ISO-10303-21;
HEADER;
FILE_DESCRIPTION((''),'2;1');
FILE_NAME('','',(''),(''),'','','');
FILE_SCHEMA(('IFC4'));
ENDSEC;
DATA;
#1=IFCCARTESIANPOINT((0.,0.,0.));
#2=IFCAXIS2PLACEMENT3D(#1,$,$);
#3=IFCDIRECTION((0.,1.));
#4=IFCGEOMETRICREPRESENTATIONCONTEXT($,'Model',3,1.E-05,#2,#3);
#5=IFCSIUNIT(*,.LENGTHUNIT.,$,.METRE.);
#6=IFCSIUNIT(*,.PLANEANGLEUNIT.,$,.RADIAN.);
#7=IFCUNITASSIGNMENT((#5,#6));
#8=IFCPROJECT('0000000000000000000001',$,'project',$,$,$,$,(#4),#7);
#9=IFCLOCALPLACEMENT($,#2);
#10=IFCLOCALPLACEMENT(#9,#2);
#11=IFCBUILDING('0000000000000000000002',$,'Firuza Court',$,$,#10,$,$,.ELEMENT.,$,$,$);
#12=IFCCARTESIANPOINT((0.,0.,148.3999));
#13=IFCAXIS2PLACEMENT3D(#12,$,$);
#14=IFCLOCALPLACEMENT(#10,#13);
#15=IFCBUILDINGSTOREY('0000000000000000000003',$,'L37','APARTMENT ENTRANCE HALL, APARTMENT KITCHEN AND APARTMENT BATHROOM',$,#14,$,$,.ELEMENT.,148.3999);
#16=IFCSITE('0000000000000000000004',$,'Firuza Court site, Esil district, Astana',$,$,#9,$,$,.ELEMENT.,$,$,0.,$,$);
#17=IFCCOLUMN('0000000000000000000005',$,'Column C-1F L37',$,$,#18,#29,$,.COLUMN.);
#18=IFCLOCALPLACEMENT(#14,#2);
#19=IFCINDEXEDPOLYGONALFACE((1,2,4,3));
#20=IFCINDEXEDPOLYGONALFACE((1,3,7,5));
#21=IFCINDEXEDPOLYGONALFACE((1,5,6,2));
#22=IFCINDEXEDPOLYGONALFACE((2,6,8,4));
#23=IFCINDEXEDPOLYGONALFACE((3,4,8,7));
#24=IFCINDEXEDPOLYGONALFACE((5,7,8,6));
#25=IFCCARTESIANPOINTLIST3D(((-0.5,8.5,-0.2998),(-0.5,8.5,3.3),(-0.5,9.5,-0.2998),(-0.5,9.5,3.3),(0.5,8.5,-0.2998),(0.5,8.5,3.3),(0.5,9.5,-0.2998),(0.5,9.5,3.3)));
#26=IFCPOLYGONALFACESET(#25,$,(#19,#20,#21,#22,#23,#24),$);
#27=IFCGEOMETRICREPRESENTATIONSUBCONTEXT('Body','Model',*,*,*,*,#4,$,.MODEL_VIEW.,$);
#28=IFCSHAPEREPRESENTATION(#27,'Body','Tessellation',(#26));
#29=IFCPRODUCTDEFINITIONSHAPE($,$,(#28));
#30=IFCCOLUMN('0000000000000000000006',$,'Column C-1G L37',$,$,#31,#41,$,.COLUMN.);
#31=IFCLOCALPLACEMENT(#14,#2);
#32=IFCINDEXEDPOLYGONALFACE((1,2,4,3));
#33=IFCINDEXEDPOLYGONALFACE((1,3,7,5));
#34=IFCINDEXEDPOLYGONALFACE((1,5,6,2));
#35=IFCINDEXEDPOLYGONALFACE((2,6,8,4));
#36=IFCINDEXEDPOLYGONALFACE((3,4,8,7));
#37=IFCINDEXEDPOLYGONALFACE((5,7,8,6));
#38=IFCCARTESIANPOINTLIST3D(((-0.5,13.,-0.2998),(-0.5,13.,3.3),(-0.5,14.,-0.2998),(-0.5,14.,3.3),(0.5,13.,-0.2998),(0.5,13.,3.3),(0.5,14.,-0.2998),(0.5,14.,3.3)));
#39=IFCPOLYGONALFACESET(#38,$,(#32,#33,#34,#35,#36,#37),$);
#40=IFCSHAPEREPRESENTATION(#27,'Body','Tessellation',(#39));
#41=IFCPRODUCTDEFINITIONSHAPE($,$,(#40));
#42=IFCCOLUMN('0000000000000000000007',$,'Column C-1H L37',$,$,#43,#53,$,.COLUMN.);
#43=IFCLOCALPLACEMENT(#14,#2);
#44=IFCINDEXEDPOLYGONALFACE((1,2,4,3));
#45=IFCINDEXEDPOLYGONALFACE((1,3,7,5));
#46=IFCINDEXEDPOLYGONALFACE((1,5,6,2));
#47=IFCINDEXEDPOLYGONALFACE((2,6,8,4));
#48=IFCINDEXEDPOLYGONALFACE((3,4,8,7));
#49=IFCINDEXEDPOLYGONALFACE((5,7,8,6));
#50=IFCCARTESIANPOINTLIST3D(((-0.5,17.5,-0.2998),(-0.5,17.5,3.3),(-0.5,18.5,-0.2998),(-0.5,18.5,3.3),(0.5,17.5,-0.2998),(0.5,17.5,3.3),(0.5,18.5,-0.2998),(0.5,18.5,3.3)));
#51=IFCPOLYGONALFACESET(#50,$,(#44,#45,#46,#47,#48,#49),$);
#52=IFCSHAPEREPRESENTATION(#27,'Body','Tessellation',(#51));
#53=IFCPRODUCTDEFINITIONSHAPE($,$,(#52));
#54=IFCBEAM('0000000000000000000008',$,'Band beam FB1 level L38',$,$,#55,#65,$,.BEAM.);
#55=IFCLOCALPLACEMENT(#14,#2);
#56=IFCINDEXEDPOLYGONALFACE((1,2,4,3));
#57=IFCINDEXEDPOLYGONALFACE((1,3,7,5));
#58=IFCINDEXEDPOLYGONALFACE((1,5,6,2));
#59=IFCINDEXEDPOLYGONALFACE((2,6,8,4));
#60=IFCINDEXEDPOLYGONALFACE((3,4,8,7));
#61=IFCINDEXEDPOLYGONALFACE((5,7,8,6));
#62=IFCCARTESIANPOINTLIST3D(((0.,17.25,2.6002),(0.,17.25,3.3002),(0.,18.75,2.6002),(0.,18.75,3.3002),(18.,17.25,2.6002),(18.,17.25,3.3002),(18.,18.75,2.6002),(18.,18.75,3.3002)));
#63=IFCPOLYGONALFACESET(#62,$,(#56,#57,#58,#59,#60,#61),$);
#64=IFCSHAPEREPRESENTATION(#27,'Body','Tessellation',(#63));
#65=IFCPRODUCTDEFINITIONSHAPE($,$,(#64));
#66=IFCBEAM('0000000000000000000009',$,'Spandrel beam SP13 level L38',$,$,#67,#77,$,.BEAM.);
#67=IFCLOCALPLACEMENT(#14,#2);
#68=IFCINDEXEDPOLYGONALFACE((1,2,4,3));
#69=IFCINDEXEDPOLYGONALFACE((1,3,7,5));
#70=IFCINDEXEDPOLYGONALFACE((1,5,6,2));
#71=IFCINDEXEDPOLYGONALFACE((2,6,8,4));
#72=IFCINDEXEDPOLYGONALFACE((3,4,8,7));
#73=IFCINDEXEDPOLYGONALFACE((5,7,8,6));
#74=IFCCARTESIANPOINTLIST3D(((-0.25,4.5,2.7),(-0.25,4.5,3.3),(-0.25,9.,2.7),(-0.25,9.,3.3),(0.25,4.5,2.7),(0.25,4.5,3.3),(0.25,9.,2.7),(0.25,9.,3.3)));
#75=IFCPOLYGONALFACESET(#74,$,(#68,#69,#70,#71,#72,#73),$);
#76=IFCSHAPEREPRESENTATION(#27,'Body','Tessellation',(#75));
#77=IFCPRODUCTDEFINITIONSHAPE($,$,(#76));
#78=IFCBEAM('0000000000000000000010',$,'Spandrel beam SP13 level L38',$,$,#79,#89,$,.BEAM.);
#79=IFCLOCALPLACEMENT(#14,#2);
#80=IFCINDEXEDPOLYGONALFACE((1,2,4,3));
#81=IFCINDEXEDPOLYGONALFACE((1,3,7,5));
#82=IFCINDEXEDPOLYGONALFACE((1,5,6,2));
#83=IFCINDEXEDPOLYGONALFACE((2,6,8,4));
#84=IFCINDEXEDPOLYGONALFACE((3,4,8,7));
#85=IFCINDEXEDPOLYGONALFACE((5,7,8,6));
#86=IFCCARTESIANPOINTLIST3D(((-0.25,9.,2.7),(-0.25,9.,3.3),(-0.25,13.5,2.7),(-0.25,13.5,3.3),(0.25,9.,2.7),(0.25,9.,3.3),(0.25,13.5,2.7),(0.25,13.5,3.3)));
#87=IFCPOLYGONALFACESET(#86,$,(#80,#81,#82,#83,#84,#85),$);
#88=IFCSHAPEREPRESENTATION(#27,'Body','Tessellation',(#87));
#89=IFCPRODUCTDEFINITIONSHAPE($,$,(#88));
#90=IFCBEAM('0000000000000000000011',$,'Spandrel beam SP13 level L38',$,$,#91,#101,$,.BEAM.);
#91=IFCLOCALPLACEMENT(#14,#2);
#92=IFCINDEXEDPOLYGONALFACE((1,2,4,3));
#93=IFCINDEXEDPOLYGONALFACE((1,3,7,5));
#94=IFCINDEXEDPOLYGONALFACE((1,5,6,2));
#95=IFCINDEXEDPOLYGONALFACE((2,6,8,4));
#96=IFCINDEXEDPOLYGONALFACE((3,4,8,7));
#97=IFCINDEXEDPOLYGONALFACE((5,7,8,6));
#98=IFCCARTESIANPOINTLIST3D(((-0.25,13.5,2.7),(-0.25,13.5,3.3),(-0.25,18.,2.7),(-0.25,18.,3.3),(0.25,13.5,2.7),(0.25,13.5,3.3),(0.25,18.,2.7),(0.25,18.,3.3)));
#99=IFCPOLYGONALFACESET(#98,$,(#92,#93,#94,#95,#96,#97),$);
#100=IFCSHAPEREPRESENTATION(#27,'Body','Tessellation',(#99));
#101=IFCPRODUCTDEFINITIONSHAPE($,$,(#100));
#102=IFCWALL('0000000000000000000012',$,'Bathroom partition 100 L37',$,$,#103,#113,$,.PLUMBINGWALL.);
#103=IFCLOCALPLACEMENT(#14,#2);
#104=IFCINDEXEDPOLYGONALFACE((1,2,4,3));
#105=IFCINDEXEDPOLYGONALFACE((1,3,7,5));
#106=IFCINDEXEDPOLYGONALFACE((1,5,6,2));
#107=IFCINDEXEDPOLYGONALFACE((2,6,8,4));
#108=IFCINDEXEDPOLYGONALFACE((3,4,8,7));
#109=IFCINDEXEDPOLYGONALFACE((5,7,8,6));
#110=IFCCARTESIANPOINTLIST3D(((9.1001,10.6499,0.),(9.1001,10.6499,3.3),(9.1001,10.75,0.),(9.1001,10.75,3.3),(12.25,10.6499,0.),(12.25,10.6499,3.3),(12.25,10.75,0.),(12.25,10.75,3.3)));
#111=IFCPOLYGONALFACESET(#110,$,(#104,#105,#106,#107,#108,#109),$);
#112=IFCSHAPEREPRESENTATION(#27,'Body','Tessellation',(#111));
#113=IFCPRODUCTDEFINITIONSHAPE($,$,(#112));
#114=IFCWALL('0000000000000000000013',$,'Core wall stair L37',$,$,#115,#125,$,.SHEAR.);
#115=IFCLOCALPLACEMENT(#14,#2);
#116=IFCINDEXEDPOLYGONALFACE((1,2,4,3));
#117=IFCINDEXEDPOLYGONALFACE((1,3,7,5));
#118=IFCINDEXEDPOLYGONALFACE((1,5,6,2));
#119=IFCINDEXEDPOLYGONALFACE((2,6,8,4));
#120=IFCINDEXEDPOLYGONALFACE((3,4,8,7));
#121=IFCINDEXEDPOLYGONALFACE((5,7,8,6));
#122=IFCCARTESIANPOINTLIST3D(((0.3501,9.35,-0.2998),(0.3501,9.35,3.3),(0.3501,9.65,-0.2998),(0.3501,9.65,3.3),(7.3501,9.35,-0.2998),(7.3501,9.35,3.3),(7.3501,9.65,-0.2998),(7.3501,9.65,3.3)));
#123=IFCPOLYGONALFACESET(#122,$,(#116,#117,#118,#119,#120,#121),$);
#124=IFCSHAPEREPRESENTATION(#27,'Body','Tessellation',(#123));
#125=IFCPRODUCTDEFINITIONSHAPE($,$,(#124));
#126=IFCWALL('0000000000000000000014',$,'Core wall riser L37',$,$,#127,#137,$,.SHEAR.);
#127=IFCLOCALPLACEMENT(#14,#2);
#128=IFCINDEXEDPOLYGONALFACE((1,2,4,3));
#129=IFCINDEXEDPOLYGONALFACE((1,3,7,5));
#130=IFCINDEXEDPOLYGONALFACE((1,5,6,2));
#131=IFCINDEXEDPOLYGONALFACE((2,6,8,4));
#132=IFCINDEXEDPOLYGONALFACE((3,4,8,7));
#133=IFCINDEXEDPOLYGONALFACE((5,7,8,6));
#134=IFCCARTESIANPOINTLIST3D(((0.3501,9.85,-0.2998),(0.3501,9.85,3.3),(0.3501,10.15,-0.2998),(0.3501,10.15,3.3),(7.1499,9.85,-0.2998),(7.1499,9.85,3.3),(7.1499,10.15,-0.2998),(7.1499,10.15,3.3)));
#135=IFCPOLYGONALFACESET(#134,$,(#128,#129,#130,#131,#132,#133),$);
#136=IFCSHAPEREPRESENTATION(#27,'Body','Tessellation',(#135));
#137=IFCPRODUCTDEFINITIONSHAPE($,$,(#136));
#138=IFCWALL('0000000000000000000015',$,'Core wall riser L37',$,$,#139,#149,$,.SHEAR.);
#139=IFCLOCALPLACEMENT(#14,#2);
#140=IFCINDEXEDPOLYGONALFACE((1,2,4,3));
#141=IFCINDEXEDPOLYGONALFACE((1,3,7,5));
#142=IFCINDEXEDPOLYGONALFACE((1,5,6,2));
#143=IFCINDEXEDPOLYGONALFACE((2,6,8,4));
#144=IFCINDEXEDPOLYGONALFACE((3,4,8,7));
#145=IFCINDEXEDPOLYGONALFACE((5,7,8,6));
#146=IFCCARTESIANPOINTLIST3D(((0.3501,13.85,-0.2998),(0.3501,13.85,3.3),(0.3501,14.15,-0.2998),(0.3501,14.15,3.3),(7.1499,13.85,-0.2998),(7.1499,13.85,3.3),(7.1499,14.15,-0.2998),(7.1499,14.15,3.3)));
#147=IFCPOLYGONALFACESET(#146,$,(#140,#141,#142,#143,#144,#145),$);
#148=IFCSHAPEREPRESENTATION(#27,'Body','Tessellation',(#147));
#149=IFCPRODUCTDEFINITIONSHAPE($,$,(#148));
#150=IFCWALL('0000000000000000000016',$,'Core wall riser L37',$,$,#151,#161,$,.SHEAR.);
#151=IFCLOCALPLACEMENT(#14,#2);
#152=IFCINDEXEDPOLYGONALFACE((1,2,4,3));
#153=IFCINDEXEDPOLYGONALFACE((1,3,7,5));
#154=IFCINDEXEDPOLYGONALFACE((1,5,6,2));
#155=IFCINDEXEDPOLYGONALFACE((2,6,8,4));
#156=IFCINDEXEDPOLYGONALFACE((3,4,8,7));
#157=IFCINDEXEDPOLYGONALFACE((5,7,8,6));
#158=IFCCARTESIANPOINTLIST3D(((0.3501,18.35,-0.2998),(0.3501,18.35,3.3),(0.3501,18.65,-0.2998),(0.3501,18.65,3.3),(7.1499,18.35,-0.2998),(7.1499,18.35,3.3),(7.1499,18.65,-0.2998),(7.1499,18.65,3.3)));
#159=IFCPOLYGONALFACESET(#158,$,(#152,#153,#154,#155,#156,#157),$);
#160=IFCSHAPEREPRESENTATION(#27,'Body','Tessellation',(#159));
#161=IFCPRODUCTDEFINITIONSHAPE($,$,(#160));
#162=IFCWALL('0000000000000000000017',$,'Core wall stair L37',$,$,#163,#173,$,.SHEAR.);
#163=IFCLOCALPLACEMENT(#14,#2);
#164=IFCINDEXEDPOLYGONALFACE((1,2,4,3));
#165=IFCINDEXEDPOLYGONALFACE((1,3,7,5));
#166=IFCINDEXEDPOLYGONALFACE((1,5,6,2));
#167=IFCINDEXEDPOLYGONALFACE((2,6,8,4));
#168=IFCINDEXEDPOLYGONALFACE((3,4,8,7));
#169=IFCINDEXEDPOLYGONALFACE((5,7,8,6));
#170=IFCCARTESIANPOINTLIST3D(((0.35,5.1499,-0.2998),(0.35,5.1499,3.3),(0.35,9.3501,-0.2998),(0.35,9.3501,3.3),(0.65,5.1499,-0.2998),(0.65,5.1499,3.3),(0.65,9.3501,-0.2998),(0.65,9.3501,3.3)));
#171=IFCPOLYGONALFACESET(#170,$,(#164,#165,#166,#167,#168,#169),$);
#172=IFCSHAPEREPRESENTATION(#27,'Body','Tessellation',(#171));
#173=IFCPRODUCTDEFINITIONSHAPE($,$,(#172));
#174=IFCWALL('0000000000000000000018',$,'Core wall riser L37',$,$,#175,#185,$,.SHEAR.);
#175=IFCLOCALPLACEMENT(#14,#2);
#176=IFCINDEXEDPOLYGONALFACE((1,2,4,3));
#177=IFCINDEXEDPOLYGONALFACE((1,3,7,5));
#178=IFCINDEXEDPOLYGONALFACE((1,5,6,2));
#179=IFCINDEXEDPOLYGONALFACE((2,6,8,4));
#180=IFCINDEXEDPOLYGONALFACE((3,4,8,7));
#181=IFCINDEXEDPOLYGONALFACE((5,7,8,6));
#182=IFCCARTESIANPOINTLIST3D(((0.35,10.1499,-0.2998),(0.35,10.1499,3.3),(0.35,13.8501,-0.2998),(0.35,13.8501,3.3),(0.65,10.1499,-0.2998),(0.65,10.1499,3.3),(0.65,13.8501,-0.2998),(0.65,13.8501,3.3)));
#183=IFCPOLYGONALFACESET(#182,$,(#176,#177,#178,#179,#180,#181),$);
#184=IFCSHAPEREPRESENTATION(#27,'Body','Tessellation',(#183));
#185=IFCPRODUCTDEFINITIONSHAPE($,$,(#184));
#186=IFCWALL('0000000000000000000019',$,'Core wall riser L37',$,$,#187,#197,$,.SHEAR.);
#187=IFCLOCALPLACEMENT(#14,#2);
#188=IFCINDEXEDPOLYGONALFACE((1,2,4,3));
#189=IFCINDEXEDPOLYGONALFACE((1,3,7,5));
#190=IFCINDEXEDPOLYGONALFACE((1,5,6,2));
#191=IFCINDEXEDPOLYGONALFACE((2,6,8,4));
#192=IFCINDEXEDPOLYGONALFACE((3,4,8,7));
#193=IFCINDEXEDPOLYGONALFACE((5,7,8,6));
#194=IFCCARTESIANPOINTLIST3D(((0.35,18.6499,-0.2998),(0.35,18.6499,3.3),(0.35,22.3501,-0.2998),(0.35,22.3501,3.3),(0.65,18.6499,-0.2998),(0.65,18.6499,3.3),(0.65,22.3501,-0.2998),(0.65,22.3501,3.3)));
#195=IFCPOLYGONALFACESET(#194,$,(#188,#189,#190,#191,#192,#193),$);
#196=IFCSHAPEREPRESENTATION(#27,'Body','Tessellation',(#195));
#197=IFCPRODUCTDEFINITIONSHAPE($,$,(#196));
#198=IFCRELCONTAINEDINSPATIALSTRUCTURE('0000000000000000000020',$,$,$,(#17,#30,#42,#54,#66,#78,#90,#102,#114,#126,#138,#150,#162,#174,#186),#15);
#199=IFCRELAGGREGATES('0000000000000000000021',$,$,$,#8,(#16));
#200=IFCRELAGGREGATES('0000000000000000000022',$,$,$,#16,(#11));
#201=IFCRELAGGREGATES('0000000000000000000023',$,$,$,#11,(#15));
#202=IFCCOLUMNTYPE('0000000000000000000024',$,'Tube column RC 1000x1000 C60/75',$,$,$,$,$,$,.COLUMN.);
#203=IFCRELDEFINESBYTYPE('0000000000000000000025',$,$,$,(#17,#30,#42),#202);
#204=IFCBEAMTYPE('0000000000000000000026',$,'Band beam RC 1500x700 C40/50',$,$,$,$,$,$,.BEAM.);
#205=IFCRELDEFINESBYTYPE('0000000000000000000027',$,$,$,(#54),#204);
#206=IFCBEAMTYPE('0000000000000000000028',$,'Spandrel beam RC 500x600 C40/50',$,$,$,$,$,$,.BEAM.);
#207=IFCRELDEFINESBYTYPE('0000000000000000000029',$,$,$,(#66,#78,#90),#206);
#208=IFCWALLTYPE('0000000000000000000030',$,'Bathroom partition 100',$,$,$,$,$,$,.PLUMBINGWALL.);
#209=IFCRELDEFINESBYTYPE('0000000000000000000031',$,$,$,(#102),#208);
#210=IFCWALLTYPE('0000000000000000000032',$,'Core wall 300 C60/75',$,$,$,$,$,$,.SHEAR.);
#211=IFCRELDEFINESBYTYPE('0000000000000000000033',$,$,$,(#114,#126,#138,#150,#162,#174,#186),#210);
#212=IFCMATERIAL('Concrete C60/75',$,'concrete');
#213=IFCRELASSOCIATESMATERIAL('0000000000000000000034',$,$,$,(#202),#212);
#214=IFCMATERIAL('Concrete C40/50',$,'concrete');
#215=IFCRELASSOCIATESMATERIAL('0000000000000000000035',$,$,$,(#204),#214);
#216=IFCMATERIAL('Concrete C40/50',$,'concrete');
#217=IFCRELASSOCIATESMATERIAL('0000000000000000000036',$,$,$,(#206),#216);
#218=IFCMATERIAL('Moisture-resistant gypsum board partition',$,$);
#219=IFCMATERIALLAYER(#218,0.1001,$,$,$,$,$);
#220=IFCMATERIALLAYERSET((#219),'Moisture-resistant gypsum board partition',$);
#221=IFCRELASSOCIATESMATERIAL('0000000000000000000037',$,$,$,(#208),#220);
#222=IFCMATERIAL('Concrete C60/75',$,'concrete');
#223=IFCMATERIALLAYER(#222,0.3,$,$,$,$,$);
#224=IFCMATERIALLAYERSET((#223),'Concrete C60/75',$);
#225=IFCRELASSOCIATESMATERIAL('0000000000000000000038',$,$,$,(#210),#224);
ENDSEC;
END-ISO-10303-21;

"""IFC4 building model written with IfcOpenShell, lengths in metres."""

from ifc_helpers import new_model, si_unit, direction, frame, frame_2d, origin, origin_2d, place, context, subcontext, project, spatial, rectangle, extrude, material, layer, layer_set, material_profile, profile_set, type_object, element, save


model = new_model("IFC4")

# Units and contexts
model_context = context("Model", 3, precision=1e-05, world=origin(), true_north=direction((0.0, 1.0)))
body_context = subcontext(model_context, "Body", "Model", "MODEL_VIEW")
ifc_project = project(units=[si_unit("LENGTHUNIT", "METRE"), si_unit("PLANEANGLEUNIT", "RADIAN")], contexts=[model_context])

# Site, building, storey
site_placement = place(None, origin())
site = spatial("IfcSite", under=ifc_project, at=site_placement, Name="Firuza Court site, Esil district, Astana", CompositionType="ELEMENT", RefElevation=0.0)
building_placement = place(site_placement, origin())
building = spatial("IfcBuilding", under=site, at=building_placement, Name="Firuza Court", CompositionType="ELEMENT")
storey_placement = place(building_placement, frame((0.0, 0.0, 148.3999)))
storey = spatial("IfcBuildingStorey", under=building, at=storey_placement, Name="L37", Description="APARTMENT ENTRANCE HALL, APARTMENT KITCHEN AND APARTMENT BATHROOM", CompositionType="ELEMENT", Elevation=148.3999)

# Columns
ifc_material_1 = material(Name="Concrete C60/75", Category="concrete")
ifc_material_profile_1 = material_profile(ifc_material_1, rectangle(XDim=1.0, YDim=1.0, at=origin_2d()), Name="RC 1000x1000")
ifc_profile_set_1 = profile_set([ifc_material_profile_1], Name="Concrete C60/75")
column_type = type_object("IfcColumnType", Name="Tube column RC 1000x1000 C60/75", PredefinedType="COLUMN", material=ifc_profile_set_1)
for number, where, z_axis, x_axis, name in (
    (1, (0.0, 9.0, -0.2998), (0.0, 0.0, 1.0), (1.0, 0.0, 0.0), "Column C-1F L37"),
    (2, (0.0, 13.5, -0.2998), (0.0, 0.0, 1.0), (1.0, 0.0, 0.0), "Column C-1G L37"),
    (3, (0.0, 18.0, -0.2998), (0.0, 0.0, 1.0), (1.0, 0.0, 0.0), "Column C-1H L37"),
):
    element("IfcColumn", number, at=place(storey_placement, frame(where, z_axis=z_axis, x_axis=x_axis)), inside=storey, type_object=column_type, Name=name, PredefinedType="COLUMN", context=body_context, shape_type="SweptSolid", body=[
        extrude(rectangle(XDim=1.0, YDim=1.0, at=origin_2d()), origin(), (0.0, 0.0, 1.0), 3.5999),
    ])

# Beams
ifc_material_2 = material(Name="Concrete C40/50", Category="concrete")
ifc_material_profile_2 = material_profile(ifc_material_2, rectangle(XDim=1.5, YDim=0.7, at=origin_2d()), Name="RC 1500x700")
ifc_profile_set_2 = profile_set([ifc_material_profile_2], Name="Concrete C40/50")
beam_type_1 = type_object("IfcBeamType", Name="Band beam RC 1500x700 C40/50", PredefinedType="BEAM", material=ifc_profile_set_2)
beam_placement = place(storey_placement, frame((0.0, 18.0, 2.9502), z_axis=(1.0, 0.0, 0.0), x_axis=(0.0, 1.0, 0.0)))
element("IfcBeam", 4, at=beam_placement, inside=storey, type_object=beam_type_1, Name="Band beam FB1 level L38", PredefinedType="BEAM", context=body_context, shape_type="SweptSolid", body=[
    extrude(rectangle(XDim=1.5, YDim=0.7, at=origin_2d()), origin(), (0.0, 0.0, 1.0), 18.0),
])
ifc_material_3 = material(Name="Concrete C40/50", Category="concrete")
ifc_material_profile_3 = material_profile(ifc_material_3, rectangle(XDim=0.5, YDim=0.6001, at=origin_2d()), Name="RC 500x600")
ifc_profile_set_3 = profile_set([ifc_material_profile_3], Name="Concrete C40/50")
beam_type_2 = type_object("IfcBeamType", Name="Spandrel beam RC 500x600 C40/50", PredefinedType="BEAM", material=ifc_profile_set_3)
for number, where, z_axis, x_axis, name in (
    (5, (0.0, 9.0, 3.0), (0.0, -1.0, 0.0), (1.0, 0.0, 0.0), "Spandrel beam SP13 level L38"),
    (6, (0.0, 13.5, 3.0), (0.0, -1.0, 0.0), (1.0, 0.0, 0.0), "Spandrel beam SP13 level L38"),
    (7, (0.0, 18.0, 3.0), (0.0, -1.0, 0.0), (1.0, 0.0, 0.0), "Spandrel beam SP13 level L38"),
):
    element("IfcBeam", number, at=place(storey_placement, frame(where, z_axis=z_axis, x_axis=x_axis)), inside=storey, type_object=beam_type_2, Name=name, PredefinedType="BEAM", context=body_context, shape_type="SweptSolid", body=[
        extrude(rectangle(XDim=0.5, YDim=0.6001, at=origin_2d()), origin(), (0.0, 0.0, 1.0), 4.5),
    ])

# Walls
ifc_material_4 = material(Name="Moisture-resistant gypsum board partition")
ifc_layer_1 = layer(ifc_material_4, 0.1001)
ifc_layer_set_1 = layer_set([ifc_layer_1], Name="Moisture-resistant gypsum board partition")
wall_type_1 = type_object("IfcWallType", Name="Bathroom partition 100", PredefinedType="PLUMBINGWALL", material=ifc_layer_set_1)
wall_1_placement = place(storey_placement, frame((9.1001, 10.7, 0.0), z_axis=(0.0, 0.0, 1.0), x_axis=(1.0, 0.0, 0.0)))
element("IfcWall", 8, at=wall_1_placement, inside=storey, type_object=wall_type_1, Name="Bathroom partition 100 L37", PredefinedType="PLUMBINGWALL", context=body_context, shape_type="SweptSolid", body=[
    extrude(rectangle(XDim=3.1499, YDim=0.1001, at=frame_2d((1.575, 0.0))), origin(), (0.0, 0.0, 1.0), 3.3),
])
ifc_material_5 = material(Name="Concrete C60/75", Category="concrete")
ifc_layer_2 = layer(ifc_material_5, 0.3)
ifc_layer_set_2 = layer_set([ifc_layer_2], Name="Concrete C60/75")
wall_type_2 = type_object("IfcWallType", Name="Core wall 300 C60/75", PredefinedType="SHEAR", material=ifc_layer_set_2)
wall_2_placement = place(storey_placement, frame((0.3501, 9.5, -0.2998), z_axis=(0.0, 0.0, 1.0), x_axis=(1.0, 0.0, 0.0)))
element("IfcWall", 9, at=wall_2_placement, inside=storey, type_object=wall_type_2, Name="Core wall stair L37", PredefinedType="SHEAR", context=body_context, shape_type="SweptSolid", body=[
    extrude(rectangle(XDim=7.0, YDim=0.3, at=frame_2d((3.5, 0.0))), origin(), (0.0, 0.0, 1.0), 3.5999),
])
for number, where, z_axis, x_axis, name in (
    (10, (0.3501, 10.0, -0.2998), (0.0, 0.0, 1.0), (1.0, 0.0, 0.0), "Core wall riser L37"),
    (11, (0.3501, 14.0, -0.2998), (0.0, 0.0, 1.0), (1.0, 0.0, 0.0), "Core wall riser L37"),
    (12, (0.3501, 18.5, -0.2998), (0.0, 0.0, 1.0), (1.0, 0.0, 0.0), "Core wall riser L37"),
):
    element("IfcWall", number, at=place(storey_placement, frame(where, z_axis=z_axis, x_axis=x_axis)), inside=storey, type_object=wall_type_2, Name=name, PredefinedType="SHEAR", context=body_context, shape_type="SweptSolid", body=[
        extrude(rectangle(XDim=6.7998, YDim=0.3, at=frame_2d((3.3999, 0.0))), origin(), (0.0, 0.0, 1.0), 3.5999),
    ])
wall_3_placement = place(storey_placement, frame((0.5, 5.1499, -0.2998), z_axis=(0.0, 0.0, 1.0), x_axis=(0.0, 1.0, 0.0)))
element("IfcWall", 13, at=wall_3_placement, inside=storey, type_object=wall_type_2, Name="Core wall stair L37", PredefinedType="SHEAR", context=body_context, shape_type="SweptSolid", body=[
    extrude(rectangle(XDim=4.2002, YDim=0.3, at=frame_2d((2.1001, 0.0))), origin(), (0.0, 0.0, 1.0), 3.5999),
])
for number, where, z_axis, x_axis, name in (
    (14, (0.5, 10.1499, -0.2998), (0.0, 0.0, 1.0), (0.0, 1.0, 0.0), "Core wall riser L37"),
    (15, (0.5, 18.6499, -0.2998), (0.0, 0.0, 1.0), (0.0, 1.0, 0.0), "Core wall riser L37"),
):
    element("IfcWall", number, at=place(storey_placement, frame(where, z_axis=z_axis, x_axis=x_axis)), inside=storey, type_object=wall_type_2, Name=name, PredefinedType="SHEAR", context=body_context, shape_type="SweptSolid", body=[
        extrude(rectangle(XDim=3.7002, YDim=0.3, at=frame_2d((1.8501, 0.0))), origin(), (0.0, 0.0, 1.0), 3.5999),
    ])

save(model, "model.ifc")
